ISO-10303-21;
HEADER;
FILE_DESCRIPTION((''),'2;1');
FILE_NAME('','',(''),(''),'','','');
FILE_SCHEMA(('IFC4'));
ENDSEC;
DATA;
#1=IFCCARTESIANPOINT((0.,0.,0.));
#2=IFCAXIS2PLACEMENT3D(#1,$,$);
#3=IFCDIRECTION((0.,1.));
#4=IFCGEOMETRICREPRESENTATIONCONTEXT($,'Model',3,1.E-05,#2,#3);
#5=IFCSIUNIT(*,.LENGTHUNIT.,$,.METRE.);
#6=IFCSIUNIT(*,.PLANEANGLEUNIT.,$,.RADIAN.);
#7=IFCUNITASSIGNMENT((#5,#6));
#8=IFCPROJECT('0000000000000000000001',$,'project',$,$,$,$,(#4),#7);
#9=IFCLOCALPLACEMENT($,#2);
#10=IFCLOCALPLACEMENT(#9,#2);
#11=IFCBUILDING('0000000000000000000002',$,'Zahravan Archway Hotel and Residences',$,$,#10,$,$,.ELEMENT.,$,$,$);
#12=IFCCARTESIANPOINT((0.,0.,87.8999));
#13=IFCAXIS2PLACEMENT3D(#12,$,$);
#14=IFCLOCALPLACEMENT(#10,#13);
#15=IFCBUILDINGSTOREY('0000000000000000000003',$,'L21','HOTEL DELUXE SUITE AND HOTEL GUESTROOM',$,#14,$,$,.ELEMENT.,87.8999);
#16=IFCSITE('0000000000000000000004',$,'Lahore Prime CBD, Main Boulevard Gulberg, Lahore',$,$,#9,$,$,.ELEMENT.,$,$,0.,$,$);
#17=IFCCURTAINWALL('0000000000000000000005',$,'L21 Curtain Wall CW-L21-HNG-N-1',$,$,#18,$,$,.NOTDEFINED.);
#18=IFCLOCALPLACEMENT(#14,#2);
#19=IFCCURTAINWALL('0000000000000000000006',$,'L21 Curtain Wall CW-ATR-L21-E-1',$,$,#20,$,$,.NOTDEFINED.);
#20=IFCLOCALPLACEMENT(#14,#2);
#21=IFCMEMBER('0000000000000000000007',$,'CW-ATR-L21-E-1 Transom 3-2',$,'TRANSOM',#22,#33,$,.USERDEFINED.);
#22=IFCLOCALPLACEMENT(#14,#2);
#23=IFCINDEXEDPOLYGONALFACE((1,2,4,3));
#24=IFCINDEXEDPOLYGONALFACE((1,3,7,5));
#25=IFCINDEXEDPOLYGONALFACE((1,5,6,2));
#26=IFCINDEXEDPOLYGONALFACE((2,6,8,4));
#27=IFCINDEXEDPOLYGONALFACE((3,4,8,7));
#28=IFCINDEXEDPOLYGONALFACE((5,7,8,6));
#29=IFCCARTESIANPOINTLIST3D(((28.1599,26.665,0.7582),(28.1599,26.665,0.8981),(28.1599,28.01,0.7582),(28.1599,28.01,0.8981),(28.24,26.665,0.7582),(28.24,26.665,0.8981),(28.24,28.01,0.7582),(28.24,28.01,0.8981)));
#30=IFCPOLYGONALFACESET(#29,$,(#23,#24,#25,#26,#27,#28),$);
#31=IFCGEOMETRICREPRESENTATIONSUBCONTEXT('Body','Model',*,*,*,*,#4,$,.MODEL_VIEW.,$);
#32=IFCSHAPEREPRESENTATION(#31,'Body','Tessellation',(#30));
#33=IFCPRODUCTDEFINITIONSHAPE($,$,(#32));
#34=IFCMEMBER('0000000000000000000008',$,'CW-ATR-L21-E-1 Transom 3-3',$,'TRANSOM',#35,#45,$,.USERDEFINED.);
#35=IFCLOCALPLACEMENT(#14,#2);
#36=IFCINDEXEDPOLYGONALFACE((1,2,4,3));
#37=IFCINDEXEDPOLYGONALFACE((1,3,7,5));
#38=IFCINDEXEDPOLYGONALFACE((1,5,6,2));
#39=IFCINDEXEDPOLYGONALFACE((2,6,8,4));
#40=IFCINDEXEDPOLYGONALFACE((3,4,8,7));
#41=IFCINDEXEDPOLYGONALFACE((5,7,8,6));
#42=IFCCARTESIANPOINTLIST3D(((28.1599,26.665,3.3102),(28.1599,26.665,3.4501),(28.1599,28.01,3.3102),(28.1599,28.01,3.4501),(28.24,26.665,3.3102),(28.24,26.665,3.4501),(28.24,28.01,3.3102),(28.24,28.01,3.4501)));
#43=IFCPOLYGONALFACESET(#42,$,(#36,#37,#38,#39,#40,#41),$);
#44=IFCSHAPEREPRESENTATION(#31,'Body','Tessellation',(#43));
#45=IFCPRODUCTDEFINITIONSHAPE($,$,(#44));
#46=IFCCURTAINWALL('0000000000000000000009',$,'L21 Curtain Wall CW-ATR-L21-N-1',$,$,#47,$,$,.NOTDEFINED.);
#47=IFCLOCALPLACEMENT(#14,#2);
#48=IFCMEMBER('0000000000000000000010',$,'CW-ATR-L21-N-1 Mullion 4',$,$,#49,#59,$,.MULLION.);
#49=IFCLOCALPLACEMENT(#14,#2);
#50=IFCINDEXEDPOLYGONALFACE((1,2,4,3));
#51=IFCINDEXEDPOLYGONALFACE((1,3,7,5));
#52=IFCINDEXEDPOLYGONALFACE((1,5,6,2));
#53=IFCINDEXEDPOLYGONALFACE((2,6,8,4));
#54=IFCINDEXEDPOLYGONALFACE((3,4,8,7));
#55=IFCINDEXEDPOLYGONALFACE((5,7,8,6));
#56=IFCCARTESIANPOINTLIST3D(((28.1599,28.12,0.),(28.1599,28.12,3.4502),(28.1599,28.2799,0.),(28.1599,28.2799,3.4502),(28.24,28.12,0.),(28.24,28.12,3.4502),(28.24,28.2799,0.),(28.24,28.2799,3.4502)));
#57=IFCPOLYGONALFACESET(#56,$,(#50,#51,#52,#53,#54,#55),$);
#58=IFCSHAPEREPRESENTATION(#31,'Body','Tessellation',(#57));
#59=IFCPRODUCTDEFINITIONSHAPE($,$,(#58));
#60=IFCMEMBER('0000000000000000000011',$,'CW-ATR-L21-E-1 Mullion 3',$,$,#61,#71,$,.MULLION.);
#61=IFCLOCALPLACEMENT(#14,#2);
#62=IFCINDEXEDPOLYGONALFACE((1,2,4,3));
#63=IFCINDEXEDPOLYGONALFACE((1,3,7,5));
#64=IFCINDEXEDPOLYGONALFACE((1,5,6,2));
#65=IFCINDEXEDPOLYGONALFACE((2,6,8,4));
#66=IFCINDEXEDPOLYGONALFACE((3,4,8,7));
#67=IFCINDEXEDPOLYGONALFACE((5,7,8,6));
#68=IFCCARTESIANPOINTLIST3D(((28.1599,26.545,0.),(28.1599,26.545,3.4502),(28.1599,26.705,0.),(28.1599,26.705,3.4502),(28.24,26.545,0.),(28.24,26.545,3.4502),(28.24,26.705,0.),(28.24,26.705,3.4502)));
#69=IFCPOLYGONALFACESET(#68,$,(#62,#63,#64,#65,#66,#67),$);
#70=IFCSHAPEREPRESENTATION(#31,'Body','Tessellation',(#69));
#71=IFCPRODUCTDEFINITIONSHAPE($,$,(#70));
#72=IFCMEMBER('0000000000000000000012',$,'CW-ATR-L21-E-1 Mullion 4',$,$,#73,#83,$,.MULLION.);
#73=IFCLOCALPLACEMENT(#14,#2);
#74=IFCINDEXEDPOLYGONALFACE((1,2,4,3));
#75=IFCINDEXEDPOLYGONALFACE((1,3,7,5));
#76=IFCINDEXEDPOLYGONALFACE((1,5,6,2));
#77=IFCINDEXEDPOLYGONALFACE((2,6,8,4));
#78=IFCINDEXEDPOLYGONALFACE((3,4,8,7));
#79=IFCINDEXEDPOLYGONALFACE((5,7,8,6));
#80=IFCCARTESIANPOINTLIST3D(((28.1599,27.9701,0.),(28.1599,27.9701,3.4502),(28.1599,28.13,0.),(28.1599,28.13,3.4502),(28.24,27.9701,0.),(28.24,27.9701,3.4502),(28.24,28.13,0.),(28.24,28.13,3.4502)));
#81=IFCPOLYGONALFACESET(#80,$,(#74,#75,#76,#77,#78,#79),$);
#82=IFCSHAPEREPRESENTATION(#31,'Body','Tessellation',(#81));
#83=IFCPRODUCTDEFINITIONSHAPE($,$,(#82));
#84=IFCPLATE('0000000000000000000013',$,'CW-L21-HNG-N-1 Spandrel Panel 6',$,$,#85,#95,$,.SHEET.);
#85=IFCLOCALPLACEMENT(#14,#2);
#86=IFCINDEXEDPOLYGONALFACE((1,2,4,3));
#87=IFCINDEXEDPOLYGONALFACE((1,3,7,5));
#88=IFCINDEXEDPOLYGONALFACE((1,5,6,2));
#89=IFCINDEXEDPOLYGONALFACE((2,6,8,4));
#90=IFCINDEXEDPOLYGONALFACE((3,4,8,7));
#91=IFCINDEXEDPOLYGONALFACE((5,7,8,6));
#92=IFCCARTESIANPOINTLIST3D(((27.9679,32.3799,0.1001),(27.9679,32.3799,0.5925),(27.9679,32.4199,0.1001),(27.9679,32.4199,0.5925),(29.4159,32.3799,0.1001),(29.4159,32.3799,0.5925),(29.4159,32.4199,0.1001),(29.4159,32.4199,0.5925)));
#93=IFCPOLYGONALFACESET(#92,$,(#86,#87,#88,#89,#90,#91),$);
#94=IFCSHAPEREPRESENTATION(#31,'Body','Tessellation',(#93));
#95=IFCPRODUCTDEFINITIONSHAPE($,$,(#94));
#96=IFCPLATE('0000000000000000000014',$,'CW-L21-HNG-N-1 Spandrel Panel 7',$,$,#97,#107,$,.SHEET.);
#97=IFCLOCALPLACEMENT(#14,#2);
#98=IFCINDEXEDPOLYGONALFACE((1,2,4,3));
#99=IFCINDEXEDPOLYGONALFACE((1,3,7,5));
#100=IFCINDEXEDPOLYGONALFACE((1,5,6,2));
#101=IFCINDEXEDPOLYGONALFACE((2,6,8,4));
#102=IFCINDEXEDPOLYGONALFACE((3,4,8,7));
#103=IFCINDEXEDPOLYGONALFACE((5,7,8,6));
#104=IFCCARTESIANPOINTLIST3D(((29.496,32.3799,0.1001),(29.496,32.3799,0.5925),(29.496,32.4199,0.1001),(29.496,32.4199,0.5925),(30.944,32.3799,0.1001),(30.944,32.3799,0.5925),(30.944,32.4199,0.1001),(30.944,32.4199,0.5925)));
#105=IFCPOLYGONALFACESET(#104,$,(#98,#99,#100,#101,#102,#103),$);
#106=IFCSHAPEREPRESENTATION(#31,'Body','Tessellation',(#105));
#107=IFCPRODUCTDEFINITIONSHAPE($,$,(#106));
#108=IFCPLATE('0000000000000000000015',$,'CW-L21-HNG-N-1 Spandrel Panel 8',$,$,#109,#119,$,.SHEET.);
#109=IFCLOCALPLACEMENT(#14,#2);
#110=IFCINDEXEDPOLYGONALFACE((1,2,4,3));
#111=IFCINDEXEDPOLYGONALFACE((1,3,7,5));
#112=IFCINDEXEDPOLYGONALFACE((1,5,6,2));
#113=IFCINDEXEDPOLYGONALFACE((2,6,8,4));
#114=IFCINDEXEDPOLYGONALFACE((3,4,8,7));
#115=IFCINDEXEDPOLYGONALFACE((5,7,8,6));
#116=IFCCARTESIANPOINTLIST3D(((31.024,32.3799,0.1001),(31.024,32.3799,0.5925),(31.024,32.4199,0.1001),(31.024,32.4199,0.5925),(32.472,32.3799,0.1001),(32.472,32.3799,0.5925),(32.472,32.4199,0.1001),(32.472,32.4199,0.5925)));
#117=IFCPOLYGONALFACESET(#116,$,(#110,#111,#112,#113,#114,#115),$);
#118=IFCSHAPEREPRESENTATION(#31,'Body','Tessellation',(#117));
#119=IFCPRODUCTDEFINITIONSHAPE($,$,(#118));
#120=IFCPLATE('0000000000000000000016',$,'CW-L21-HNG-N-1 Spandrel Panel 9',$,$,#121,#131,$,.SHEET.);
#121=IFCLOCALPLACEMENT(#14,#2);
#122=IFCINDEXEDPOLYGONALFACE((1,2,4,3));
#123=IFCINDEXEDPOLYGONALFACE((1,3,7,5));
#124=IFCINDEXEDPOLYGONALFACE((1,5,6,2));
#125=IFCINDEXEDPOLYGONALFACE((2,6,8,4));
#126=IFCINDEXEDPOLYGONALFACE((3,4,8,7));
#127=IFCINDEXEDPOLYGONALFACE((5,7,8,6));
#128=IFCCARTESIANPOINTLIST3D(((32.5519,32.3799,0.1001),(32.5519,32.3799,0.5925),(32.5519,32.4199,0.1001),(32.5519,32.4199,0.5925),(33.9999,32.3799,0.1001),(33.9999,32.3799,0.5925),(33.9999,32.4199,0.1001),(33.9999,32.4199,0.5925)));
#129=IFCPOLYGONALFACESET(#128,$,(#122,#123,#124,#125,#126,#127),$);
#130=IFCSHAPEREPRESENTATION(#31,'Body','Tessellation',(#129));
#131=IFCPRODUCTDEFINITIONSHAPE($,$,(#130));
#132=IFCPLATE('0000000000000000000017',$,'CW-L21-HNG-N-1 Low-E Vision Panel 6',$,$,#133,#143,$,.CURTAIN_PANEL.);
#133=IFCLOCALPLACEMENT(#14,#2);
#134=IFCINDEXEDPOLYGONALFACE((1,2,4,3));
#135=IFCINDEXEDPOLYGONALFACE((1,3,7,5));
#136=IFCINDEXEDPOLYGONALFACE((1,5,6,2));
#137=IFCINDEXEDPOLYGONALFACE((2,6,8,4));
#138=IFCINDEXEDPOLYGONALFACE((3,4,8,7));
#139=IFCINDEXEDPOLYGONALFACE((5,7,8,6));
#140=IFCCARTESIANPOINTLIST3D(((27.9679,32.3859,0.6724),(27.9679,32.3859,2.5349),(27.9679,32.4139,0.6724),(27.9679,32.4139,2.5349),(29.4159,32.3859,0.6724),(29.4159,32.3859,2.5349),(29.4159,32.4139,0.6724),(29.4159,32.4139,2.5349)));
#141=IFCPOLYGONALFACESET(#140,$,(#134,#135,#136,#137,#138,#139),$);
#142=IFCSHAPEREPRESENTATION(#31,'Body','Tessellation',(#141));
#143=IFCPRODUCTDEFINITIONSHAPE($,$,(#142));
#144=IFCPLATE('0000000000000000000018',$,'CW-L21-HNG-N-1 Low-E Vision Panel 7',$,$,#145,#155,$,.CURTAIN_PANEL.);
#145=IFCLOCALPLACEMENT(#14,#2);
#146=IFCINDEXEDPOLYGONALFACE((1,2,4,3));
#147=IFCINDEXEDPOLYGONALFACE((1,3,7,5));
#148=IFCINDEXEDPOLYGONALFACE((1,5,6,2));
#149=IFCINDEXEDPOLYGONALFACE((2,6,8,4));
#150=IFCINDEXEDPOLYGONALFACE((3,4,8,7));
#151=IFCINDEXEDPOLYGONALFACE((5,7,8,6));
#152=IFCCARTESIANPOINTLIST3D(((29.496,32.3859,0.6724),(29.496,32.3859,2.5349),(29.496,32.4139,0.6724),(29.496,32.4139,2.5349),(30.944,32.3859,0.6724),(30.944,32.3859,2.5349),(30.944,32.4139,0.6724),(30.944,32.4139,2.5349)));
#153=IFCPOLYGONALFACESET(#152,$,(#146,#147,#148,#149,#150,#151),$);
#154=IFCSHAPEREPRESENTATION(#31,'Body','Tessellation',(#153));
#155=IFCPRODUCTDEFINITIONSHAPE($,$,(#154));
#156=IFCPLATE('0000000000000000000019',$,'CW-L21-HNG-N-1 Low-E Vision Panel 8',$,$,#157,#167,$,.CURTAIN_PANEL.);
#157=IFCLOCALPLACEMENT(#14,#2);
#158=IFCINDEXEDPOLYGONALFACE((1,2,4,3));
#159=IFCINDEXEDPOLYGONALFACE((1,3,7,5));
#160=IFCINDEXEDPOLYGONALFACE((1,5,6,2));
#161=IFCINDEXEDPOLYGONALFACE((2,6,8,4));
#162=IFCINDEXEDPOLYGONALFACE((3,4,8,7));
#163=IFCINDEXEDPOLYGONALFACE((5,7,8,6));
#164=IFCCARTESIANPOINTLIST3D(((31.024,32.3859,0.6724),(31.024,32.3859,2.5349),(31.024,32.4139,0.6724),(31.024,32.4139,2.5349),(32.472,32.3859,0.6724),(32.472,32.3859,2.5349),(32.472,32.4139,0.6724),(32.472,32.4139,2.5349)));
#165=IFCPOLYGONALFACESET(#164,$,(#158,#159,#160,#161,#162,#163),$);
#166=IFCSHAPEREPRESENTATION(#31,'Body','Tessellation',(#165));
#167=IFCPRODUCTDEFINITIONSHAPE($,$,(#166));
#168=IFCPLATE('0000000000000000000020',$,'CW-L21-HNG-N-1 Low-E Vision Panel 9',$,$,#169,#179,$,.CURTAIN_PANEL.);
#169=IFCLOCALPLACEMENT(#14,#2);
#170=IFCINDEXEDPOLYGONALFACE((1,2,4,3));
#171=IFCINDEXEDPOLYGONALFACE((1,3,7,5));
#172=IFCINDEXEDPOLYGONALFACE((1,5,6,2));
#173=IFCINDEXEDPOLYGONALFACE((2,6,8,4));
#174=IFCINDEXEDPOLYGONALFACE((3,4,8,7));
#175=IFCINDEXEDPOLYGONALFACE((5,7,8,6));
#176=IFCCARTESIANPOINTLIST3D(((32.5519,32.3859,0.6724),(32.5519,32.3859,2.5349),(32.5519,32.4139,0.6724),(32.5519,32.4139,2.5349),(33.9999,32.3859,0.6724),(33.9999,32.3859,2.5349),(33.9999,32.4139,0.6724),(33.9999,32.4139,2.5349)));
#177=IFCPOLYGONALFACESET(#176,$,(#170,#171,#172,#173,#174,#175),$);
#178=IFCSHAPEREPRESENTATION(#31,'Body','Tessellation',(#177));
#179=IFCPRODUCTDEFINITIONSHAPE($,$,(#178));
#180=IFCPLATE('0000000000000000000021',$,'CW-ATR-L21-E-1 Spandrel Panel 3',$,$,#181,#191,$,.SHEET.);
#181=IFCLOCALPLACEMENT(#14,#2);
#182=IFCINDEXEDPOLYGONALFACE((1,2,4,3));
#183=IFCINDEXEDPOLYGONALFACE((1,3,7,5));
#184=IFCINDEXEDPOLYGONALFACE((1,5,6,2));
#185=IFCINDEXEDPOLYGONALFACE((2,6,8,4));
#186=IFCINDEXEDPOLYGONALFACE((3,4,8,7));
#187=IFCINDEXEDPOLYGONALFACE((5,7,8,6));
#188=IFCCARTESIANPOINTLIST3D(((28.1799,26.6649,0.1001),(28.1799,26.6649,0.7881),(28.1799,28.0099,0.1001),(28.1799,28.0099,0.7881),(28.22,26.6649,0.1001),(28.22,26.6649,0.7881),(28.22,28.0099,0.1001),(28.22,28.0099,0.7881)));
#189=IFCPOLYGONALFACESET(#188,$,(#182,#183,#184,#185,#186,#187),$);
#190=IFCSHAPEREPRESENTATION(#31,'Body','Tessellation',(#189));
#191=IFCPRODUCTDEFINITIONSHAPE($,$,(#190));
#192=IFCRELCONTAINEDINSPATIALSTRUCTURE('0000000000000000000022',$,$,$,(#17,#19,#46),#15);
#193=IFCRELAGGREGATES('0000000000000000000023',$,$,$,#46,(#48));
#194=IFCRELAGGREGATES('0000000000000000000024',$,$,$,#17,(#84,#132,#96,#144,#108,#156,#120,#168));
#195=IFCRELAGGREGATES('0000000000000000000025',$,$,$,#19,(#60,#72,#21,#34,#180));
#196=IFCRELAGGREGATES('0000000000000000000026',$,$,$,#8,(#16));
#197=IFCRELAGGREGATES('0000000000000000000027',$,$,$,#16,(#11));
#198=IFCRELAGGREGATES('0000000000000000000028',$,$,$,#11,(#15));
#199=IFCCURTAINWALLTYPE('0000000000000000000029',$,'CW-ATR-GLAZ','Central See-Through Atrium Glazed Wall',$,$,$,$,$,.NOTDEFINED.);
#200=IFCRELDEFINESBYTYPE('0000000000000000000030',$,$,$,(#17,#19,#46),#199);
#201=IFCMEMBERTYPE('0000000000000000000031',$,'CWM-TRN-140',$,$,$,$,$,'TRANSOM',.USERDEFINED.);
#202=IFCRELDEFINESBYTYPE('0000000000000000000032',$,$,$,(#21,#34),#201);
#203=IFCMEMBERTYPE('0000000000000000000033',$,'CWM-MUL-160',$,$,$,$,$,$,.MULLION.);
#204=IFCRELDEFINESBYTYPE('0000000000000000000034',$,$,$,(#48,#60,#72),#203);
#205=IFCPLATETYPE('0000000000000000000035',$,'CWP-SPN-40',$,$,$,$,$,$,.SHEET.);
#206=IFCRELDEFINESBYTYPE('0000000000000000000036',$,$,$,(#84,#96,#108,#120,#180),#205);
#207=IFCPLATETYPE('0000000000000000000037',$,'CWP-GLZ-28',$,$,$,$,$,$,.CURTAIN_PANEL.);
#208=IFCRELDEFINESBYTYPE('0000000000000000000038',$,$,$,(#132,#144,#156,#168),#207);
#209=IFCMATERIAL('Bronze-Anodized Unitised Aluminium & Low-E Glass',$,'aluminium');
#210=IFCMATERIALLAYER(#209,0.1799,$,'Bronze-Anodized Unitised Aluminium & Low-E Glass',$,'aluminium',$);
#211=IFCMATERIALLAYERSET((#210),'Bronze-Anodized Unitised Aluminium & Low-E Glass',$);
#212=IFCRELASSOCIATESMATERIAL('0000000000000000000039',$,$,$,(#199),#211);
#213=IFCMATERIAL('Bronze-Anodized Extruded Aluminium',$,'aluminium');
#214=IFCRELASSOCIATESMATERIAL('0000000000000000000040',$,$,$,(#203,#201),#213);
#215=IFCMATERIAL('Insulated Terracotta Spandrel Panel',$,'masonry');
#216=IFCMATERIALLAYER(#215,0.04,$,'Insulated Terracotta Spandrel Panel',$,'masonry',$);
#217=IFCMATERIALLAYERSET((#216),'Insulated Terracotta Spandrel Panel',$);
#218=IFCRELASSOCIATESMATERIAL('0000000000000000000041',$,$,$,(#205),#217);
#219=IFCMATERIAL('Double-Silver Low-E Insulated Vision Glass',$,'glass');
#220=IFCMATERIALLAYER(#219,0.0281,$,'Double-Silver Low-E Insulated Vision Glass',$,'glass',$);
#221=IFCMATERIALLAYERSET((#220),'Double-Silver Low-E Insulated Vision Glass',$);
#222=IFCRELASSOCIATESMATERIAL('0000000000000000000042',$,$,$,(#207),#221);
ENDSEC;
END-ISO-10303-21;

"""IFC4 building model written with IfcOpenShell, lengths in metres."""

from ifc_helpers import new_model, si_unit, direction, frame, origin, origin_2d, place, context, subcontext, project, spatial, rectangle, extrude, source, transform, mapped, material, layer, layer_set, material_profile, profile_set, type_object, element, aggregate, save


model = new_model("IFC4")

# Units and contexts
model_context = context("Model", 3, precision=1e-05, world=origin(), true_north=direction((0.0, 1.0)))
body_context = subcontext(model_context, "Body", "Model", "MODEL_VIEW")
ifc_project = project(units=[si_unit("LENGTHUNIT", "METRE"), si_unit("PLANEANGLEUNIT", "RADIAN")], contexts=[model_context])

# Site, building, storey
site_placement = place(None, origin())
site = spatial("IfcSite", under=ifc_project, at=site_placement, Name="Lahore Prime CBD, Main Boulevard Gulberg, Lahore", CompositionType="ELEMENT", RefElevation=0.0)
building_placement = place(site_placement, origin())
building = spatial("IfcBuilding", under=site, at=building_placement, Name="Zahravan Archway Hotel and Residences", CompositionType="ELEMENT")
storey_placement = place(building_placement, frame((0.0, 0.0, 87.8999)))
storey = spatial("IfcBuildingStorey", under=building, at=storey_placement, Name="L21", Description="HOTEL DELUXE SUITE AND HOTEL GUESTROOM", CompositionType="ELEMENT", Elevation=87.8999)

# Curtain walls, members
ifc_material_1 = material(Name="Bronze-Anodized Unitised Aluminium & Low-E Glass", Category="aluminium")
ifc_layer_1 = layer(ifc_material_1, 0.1799, Name="Bronze-Anodized Unitised Aluminium & Low-E Glass", Category="aluminium")
ifc_layer_set_1 = layer_set([ifc_layer_1], Name="Bronze-Anodized Unitised Aluminium & Low-E Glass")
curtain_wall_type = type_object("IfcCurtainWallType", Name="CW-ATR-GLAZ", Description="Central See-Through Atrium Glazed Wall", PredefinedType="NOTDEFINED", material=ifc_layer_set_1)
curtain_wall_1_placement = place(storey_placement, origin())
curtain_wall_1 = element("IfcCurtainWall", 1, at=curtain_wall_1_placement, inside=storey, type_object=curtain_wall_type, Name="L21 Curtain Wall CW-L21-HNG-N-1", PredefinedType="NOTDEFINED")
ifc_material_2 = material(Name="Bronze-Anodized Extruded Aluminium", Category="aluminium")
ifc_material_profile_1 = material_profile(ifc_material_2, rectangle(XDim=0.0801, YDim=0.1599, at=origin_2d()), Name="MUL 80x160", Category="aluminium")
ifc_profile_set_1 = profile_set([ifc_material_profile_1], Name="Bronze-Anodized Extruded Aluminium")
member_type_1 = type_object("IfcMemberType", Name="CWM-MUL-160", PredefinedType="MULLION", material=ifc_profile_set_1)
ifc_material_profile_2 = material_profile(ifc_material_2, rectangle(XDim=0.0801, YDim=0.1399, at=origin_2d()), Name="TRN 80x140", Category="aluminium")
ifc_profile_set_2 = profile_set([ifc_material_profile_2], Name="Bronze-Anodized Extruded Aluminium")
member_type_2 = type_object("IfcMemberType", Name="CWM-TRN-140", ElementType="TRANSOM", PredefinedType="USERDEFINED", material=ifc_profile_set_2)
curtain_wall_2_placement = place(storey_placement, origin())
curtain_wall_2 = element("IfcCurtainWall", 2, at=curtain_wall_2_placement, inside=storey, type_object=curtain_wall_type, Name="L21 Curtain Wall CW-ATR-L21-E-1", PredefinedType="NOTDEFINED")
shared_shape_1 = source(origin(), body_context, "Body", "SweptSolid", [
    extrude(rectangle(XDim=0.0801, YDim=0.1399, at=origin_2d()), origin(), (0.0, 0.0, 1.0), 1.345),
])
member_1_placement = place(storey_placement, frame((28.2, 26.665, 0.8281), z_axis=(0.0, 1.0, 0.0), x_axis=(-1.0, 0.0, 0.0)))
member_1 = element("IfcMember", 3, at=member_1_placement, type_object=member_type_2, Name="CW-ATR-L21-E-1 Transom 3-2", ObjectType="TRANSOM", PredefinedType="USERDEFINED", context=body_context, shape_type="MappedRepresentation", body=[
    mapped(shared_shape_1, transform((0.0, 0.0, 0.0), scale=1.0)),
])
member_2_placement = place(storey_placement, frame((28.2, 26.665, 3.3801), z_axis=(0.0, 1.0, 0.0), x_axis=(-1.0, 0.0, 0.0)))
member_2 = element("IfcMember", 4, at=member_2_placement, type_object=member_type_2, Name="CW-ATR-L21-E-1 Transom 3-3", ObjectType="TRANSOM", PredefinedType="USERDEFINED", context=body_context, shape_type="MappedRepresentation", body=[
    mapped(shared_shape_1, transform((0.0, 0.0, 0.0), scale=1.0)),
])

# Curtain wall, member
curtain_wall_3_placement = place(storey_placement, origin())
curtain_wall_3 = element("IfcCurtainWall", 5, at=curtain_wall_3_placement, inside=storey, type_object=curtain_wall_type, Name="L21 Curtain Wall CW-ATR-L21-N-1", PredefinedType="NOTDEFINED")
shared_shape_2 = source(origin(), body_context, "Body", "SweptSolid", [
    extrude(rectangle(XDim=0.0801, YDim=0.1599, at=origin_2d()), origin(), (0.0, 0.0, 1.0), 3.4502),
])
member_3_placement = place(storey_placement, frame((28.2, 28.2, 0.0), z_axis=(0.0, 0.0, 1.0), x_axis=(1.0, 0.0, 0.0)))
member_3 = element("IfcMember", 6, at=member_3_placement, type_object=member_type_1, Name="CW-ATR-L21-N-1 Mullion 4", PredefinedType="MULLION", context=body_context, shape_type="MappedRepresentation", body=[
    mapped(shared_shape_2, transform((0.0, 0.0, 0.0), scale=1.0)),
])
aggregate(curtain_wall_3, [member_3])

# Members
member_4_placement = place(storey_placement, frame((28.2, 26.625, 0.0), z_axis=(0.0, 0.0, 1.0), x_axis=(1.0, 0.0, 0.0)))
member_4 = element("IfcMember", 7, at=member_4_placement, type_object=member_type_1, Name="CW-ATR-L21-E-1 Mullion 3", PredefinedType="MULLION", context=body_context, shape_type="MappedRepresentation", body=[
    mapped(shared_shape_2, transform((0.0, 0.0, 0.0), scale=1.0)),
])
member_5_placement = place(storey_placement, frame((28.2, 28.05, 0.0), z_axis=(0.0, 0.0, 1.0), x_axis=(1.0, 0.0, 0.0)))
member_5 = element("IfcMember", 8, at=member_5_placement, type_object=member_type_1, Name="CW-ATR-L21-E-1 Mullion 4", PredefinedType="MULLION", context=body_context, shape_type="MappedRepresentation", body=[
    mapped(shared_shape_2, transform((0.0, 0.0, 0.0), scale=1.0)),
])

# Plates
ifc_material_3 = material(Name="Insulated Terracotta Spandrel Panel", Category="masonry")
ifc_layer_2 = layer(ifc_material_3, 0.04, Name="Insulated Terracotta Spandrel Panel", Category="masonry")
ifc_layer_set_2 = layer_set([ifc_layer_2], Name="Insulated Terracotta Spandrel Panel")
plate_type_1 = type_object("IfcPlateType", Name="CWP-SPN-40", PredefinedType="SHEET", material=ifc_layer_set_2)
shared_shape_3 = source(origin(), body_context, "Body", "SweptSolid", [
    extrude(rectangle(XDim=1.448, YDim=0.04, at=origin_2d()), origin(), (0.0, 0.0, 1.0), 0.4924),
])
plate_1_placement = place(storey_placement, frame((28.6919, 32.3999, 0.1001), z_axis=(0.0, 0.0, 1.0), x_axis=(1.0, 0.0, 0.0)))
plate_1 = element("IfcPlate", 9, at=plate_1_placement, type_object=plate_type_1, Name="CW-L21-HNG-N-1 Spandrel Panel 6", PredefinedType="SHEET", context=body_context, shape_type="MappedRepresentation", body=[
    mapped(shared_shape_3, transform((0.0, 0.0, 0.0), scale=1.0)),
])
plate_2_placement = place(storey_placement, frame((30.22, 32.3999, 0.1001), z_axis=(0.0, 0.0, 1.0), x_axis=(1.0, 0.0, 0.0)))
plate_2 = element("IfcPlate", 10, at=plate_2_placement, type_object=plate_type_1, Name="CW-L21-HNG-N-1 Spandrel Panel 7", PredefinedType="SHEET", context=body_context, shape_type="MappedRepresentation", body=[
    mapped(shared_shape_3, transform((0.0, 0.0, 0.0), scale=1.0)),
])
plate_3_placement = place(storey_placement, frame((31.748, 32.3999, 0.1001), z_axis=(0.0, 0.0, 1.0), x_axis=(1.0, 0.0, 0.0)))
plate_3 = element("IfcPlate", 11, at=plate_3_placement, type_object=plate_type_1, Name="CW-L21-HNG-N-1 Spandrel Panel 8", PredefinedType="SHEET", context=body_context, shape_type="MappedRepresentation", body=[
    mapped(shared_shape_3, transform((0.0, 0.0, 0.0), scale=1.0)),
])
plate_4_placement = place(storey_placement, frame((33.2759, 32.3999, 0.1001), z_axis=(0.0, 0.0, 1.0), x_axis=(1.0, 0.0, 0.0)))
plate_4 = element("IfcPlate", 12, at=plate_4_placement, type_object=plate_type_1, Name="CW-L21-HNG-N-1 Spandrel Panel 9", PredefinedType="SHEET", context=body_context, shape_type="MappedRepresentation", body=[
    mapped(shared_shape_3, transform((0.0, 0.0, 0.0), scale=1.0)),
])
ifc_material_4 = material(Name="Double-Silver Low-E Insulated Vision Glass", Category="glass")
ifc_layer_3 = layer(ifc_material_4, 0.0281, Name="Double-Silver Low-E Insulated Vision Glass", Category="glass")
ifc_layer_set_3 = layer_set([ifc_layer_3], Name="Double-Silver Low-E Insulated Vision Glass")
plate_type_2 = type_object("IfcPlateType", Name="CWP-GLZ-28", PredefinedType="CURTAIN_PANEL", material=ifc_layer_set_3)
shared_shape_4 = source(origin(), body_context, "Body", "SweptSolid", [
    extrude(rectangle(XDim=1.448, YDim=0.0281, at=origin_2d()), origin(), (0.0, 0.0, 1.0), 1.8625),
])
plate_5_placement = place(storey_placement, frame((28.6919, 32.3999, 0.6724), z_axis=(0.0, 0.0, 1.0), x_axis=(1.0, 0.0, 0.0)))
plate_5 = element("IfcPlate", 13, at=plate_5_placement, type_object=plate_type_2, Name="CW-L21-HNG-N-1 Low-E Vision Panel 6", PredefinedType="CURTAIN_PANEL", context=body_context, shape_type="MappedRepresentation", body=[
    mapped(shared_shape_4, transform((0.0, 0.0, 0.0), scale=1.0)),
])
plate_6_placement = place(storey_placement, frame((30.22, 32.3999, 0.6724), z_axis=(0.0, 0.0, 1.0), x_axis=(1.0, 0.0, 0.0)))
plate_6 = element("IfcPlate", 14, at=plate_6_placement, type_object=plate_type_2, Name="CW-L21-HNG-N-1 Low-E Vision Panel 7", PredefinedType="CURTAIN_PANEL", context=body_context, shape_type="MappedRepresentation", body=[
    mapped(shared_shape_4, transform((0.0, 0.0, 0.0), scale=1.0)),
])
plate_7_placement = place(storey_placement, frame((31.748, 32.3999, 0.6724), z_axis=(0.0, 0.0, 1.0), x_axis=(1.0, 0.0, 0.0)))
plate_7 = element("IfcPlate", 15, at=plate_7_placement, type_object=plate_type_2, Name="CW-L21-HNG-N-1 Low-E Vision Panel 8", PredefinedType="CURTAIN_PANEL", context=body_context, shape_type="MappedRepresentation", body=[
    mapped(shared_shape_4, transform((0.0, 0.0, 0.0), scale=1.0)),
])
plate_8_placement = place(storey_placement, frame((33.2759, 32.3999, 0.6724), z_axis=(0.0, 0.0, 1.0), x_axis=(1.0, 0.0, 0.0)))
plate_8 = element("IfcPlate", 16, at=plate_8_placement, type_object=plate_type_2, Name="CW-L21-HNG-N-1 Low-E Vision Panel 9", PredefinedType="CURTAIN_PANEL", context=body_context, shape_type="MappedRepresentation", body=[
    mapped(shared_shape_4, transform((0.0, 0.0, 0.0), scale=1.0)),
])
aggregate(curtain_wall_1, [plate_1, plate_5, plate_2, plate_6, plate_3, plate_7, plate_4, plate_8])
shared_shape_5 = source(origin(), body_context, "Body", "SweptSolid", [
    extrude(rectangle(XDim=1.345, YDim=0.04, at=origin_2d()), origin(), (0.0, 0.0, 1.0), 0.688),
])
plate_9_placement = place(storey_placement, frame((28.2, 27.3374, 0.1001), z_axis=(0.0, 0.0, 1.0), x_axis=(0.0, 1.0, 0.0)))
plate_9 = element("IfcPlate", 17, at=plate_9_placement, type_object=plate_type_1, Name="CW-ATR-L21-E-1 Spandrel Panel 3", PredefinedType="SHEET", context=body_context, shape_type="MappedRepresentation", body=[
    mapped(shared_shape_5, transform((0.0, 0.0, 0.0), scale=1.0)),
])
aggregate(curtain_wall_2, [member_4, member_5, member_1, member_2, plate_9])

save(model, "model.ifc")
